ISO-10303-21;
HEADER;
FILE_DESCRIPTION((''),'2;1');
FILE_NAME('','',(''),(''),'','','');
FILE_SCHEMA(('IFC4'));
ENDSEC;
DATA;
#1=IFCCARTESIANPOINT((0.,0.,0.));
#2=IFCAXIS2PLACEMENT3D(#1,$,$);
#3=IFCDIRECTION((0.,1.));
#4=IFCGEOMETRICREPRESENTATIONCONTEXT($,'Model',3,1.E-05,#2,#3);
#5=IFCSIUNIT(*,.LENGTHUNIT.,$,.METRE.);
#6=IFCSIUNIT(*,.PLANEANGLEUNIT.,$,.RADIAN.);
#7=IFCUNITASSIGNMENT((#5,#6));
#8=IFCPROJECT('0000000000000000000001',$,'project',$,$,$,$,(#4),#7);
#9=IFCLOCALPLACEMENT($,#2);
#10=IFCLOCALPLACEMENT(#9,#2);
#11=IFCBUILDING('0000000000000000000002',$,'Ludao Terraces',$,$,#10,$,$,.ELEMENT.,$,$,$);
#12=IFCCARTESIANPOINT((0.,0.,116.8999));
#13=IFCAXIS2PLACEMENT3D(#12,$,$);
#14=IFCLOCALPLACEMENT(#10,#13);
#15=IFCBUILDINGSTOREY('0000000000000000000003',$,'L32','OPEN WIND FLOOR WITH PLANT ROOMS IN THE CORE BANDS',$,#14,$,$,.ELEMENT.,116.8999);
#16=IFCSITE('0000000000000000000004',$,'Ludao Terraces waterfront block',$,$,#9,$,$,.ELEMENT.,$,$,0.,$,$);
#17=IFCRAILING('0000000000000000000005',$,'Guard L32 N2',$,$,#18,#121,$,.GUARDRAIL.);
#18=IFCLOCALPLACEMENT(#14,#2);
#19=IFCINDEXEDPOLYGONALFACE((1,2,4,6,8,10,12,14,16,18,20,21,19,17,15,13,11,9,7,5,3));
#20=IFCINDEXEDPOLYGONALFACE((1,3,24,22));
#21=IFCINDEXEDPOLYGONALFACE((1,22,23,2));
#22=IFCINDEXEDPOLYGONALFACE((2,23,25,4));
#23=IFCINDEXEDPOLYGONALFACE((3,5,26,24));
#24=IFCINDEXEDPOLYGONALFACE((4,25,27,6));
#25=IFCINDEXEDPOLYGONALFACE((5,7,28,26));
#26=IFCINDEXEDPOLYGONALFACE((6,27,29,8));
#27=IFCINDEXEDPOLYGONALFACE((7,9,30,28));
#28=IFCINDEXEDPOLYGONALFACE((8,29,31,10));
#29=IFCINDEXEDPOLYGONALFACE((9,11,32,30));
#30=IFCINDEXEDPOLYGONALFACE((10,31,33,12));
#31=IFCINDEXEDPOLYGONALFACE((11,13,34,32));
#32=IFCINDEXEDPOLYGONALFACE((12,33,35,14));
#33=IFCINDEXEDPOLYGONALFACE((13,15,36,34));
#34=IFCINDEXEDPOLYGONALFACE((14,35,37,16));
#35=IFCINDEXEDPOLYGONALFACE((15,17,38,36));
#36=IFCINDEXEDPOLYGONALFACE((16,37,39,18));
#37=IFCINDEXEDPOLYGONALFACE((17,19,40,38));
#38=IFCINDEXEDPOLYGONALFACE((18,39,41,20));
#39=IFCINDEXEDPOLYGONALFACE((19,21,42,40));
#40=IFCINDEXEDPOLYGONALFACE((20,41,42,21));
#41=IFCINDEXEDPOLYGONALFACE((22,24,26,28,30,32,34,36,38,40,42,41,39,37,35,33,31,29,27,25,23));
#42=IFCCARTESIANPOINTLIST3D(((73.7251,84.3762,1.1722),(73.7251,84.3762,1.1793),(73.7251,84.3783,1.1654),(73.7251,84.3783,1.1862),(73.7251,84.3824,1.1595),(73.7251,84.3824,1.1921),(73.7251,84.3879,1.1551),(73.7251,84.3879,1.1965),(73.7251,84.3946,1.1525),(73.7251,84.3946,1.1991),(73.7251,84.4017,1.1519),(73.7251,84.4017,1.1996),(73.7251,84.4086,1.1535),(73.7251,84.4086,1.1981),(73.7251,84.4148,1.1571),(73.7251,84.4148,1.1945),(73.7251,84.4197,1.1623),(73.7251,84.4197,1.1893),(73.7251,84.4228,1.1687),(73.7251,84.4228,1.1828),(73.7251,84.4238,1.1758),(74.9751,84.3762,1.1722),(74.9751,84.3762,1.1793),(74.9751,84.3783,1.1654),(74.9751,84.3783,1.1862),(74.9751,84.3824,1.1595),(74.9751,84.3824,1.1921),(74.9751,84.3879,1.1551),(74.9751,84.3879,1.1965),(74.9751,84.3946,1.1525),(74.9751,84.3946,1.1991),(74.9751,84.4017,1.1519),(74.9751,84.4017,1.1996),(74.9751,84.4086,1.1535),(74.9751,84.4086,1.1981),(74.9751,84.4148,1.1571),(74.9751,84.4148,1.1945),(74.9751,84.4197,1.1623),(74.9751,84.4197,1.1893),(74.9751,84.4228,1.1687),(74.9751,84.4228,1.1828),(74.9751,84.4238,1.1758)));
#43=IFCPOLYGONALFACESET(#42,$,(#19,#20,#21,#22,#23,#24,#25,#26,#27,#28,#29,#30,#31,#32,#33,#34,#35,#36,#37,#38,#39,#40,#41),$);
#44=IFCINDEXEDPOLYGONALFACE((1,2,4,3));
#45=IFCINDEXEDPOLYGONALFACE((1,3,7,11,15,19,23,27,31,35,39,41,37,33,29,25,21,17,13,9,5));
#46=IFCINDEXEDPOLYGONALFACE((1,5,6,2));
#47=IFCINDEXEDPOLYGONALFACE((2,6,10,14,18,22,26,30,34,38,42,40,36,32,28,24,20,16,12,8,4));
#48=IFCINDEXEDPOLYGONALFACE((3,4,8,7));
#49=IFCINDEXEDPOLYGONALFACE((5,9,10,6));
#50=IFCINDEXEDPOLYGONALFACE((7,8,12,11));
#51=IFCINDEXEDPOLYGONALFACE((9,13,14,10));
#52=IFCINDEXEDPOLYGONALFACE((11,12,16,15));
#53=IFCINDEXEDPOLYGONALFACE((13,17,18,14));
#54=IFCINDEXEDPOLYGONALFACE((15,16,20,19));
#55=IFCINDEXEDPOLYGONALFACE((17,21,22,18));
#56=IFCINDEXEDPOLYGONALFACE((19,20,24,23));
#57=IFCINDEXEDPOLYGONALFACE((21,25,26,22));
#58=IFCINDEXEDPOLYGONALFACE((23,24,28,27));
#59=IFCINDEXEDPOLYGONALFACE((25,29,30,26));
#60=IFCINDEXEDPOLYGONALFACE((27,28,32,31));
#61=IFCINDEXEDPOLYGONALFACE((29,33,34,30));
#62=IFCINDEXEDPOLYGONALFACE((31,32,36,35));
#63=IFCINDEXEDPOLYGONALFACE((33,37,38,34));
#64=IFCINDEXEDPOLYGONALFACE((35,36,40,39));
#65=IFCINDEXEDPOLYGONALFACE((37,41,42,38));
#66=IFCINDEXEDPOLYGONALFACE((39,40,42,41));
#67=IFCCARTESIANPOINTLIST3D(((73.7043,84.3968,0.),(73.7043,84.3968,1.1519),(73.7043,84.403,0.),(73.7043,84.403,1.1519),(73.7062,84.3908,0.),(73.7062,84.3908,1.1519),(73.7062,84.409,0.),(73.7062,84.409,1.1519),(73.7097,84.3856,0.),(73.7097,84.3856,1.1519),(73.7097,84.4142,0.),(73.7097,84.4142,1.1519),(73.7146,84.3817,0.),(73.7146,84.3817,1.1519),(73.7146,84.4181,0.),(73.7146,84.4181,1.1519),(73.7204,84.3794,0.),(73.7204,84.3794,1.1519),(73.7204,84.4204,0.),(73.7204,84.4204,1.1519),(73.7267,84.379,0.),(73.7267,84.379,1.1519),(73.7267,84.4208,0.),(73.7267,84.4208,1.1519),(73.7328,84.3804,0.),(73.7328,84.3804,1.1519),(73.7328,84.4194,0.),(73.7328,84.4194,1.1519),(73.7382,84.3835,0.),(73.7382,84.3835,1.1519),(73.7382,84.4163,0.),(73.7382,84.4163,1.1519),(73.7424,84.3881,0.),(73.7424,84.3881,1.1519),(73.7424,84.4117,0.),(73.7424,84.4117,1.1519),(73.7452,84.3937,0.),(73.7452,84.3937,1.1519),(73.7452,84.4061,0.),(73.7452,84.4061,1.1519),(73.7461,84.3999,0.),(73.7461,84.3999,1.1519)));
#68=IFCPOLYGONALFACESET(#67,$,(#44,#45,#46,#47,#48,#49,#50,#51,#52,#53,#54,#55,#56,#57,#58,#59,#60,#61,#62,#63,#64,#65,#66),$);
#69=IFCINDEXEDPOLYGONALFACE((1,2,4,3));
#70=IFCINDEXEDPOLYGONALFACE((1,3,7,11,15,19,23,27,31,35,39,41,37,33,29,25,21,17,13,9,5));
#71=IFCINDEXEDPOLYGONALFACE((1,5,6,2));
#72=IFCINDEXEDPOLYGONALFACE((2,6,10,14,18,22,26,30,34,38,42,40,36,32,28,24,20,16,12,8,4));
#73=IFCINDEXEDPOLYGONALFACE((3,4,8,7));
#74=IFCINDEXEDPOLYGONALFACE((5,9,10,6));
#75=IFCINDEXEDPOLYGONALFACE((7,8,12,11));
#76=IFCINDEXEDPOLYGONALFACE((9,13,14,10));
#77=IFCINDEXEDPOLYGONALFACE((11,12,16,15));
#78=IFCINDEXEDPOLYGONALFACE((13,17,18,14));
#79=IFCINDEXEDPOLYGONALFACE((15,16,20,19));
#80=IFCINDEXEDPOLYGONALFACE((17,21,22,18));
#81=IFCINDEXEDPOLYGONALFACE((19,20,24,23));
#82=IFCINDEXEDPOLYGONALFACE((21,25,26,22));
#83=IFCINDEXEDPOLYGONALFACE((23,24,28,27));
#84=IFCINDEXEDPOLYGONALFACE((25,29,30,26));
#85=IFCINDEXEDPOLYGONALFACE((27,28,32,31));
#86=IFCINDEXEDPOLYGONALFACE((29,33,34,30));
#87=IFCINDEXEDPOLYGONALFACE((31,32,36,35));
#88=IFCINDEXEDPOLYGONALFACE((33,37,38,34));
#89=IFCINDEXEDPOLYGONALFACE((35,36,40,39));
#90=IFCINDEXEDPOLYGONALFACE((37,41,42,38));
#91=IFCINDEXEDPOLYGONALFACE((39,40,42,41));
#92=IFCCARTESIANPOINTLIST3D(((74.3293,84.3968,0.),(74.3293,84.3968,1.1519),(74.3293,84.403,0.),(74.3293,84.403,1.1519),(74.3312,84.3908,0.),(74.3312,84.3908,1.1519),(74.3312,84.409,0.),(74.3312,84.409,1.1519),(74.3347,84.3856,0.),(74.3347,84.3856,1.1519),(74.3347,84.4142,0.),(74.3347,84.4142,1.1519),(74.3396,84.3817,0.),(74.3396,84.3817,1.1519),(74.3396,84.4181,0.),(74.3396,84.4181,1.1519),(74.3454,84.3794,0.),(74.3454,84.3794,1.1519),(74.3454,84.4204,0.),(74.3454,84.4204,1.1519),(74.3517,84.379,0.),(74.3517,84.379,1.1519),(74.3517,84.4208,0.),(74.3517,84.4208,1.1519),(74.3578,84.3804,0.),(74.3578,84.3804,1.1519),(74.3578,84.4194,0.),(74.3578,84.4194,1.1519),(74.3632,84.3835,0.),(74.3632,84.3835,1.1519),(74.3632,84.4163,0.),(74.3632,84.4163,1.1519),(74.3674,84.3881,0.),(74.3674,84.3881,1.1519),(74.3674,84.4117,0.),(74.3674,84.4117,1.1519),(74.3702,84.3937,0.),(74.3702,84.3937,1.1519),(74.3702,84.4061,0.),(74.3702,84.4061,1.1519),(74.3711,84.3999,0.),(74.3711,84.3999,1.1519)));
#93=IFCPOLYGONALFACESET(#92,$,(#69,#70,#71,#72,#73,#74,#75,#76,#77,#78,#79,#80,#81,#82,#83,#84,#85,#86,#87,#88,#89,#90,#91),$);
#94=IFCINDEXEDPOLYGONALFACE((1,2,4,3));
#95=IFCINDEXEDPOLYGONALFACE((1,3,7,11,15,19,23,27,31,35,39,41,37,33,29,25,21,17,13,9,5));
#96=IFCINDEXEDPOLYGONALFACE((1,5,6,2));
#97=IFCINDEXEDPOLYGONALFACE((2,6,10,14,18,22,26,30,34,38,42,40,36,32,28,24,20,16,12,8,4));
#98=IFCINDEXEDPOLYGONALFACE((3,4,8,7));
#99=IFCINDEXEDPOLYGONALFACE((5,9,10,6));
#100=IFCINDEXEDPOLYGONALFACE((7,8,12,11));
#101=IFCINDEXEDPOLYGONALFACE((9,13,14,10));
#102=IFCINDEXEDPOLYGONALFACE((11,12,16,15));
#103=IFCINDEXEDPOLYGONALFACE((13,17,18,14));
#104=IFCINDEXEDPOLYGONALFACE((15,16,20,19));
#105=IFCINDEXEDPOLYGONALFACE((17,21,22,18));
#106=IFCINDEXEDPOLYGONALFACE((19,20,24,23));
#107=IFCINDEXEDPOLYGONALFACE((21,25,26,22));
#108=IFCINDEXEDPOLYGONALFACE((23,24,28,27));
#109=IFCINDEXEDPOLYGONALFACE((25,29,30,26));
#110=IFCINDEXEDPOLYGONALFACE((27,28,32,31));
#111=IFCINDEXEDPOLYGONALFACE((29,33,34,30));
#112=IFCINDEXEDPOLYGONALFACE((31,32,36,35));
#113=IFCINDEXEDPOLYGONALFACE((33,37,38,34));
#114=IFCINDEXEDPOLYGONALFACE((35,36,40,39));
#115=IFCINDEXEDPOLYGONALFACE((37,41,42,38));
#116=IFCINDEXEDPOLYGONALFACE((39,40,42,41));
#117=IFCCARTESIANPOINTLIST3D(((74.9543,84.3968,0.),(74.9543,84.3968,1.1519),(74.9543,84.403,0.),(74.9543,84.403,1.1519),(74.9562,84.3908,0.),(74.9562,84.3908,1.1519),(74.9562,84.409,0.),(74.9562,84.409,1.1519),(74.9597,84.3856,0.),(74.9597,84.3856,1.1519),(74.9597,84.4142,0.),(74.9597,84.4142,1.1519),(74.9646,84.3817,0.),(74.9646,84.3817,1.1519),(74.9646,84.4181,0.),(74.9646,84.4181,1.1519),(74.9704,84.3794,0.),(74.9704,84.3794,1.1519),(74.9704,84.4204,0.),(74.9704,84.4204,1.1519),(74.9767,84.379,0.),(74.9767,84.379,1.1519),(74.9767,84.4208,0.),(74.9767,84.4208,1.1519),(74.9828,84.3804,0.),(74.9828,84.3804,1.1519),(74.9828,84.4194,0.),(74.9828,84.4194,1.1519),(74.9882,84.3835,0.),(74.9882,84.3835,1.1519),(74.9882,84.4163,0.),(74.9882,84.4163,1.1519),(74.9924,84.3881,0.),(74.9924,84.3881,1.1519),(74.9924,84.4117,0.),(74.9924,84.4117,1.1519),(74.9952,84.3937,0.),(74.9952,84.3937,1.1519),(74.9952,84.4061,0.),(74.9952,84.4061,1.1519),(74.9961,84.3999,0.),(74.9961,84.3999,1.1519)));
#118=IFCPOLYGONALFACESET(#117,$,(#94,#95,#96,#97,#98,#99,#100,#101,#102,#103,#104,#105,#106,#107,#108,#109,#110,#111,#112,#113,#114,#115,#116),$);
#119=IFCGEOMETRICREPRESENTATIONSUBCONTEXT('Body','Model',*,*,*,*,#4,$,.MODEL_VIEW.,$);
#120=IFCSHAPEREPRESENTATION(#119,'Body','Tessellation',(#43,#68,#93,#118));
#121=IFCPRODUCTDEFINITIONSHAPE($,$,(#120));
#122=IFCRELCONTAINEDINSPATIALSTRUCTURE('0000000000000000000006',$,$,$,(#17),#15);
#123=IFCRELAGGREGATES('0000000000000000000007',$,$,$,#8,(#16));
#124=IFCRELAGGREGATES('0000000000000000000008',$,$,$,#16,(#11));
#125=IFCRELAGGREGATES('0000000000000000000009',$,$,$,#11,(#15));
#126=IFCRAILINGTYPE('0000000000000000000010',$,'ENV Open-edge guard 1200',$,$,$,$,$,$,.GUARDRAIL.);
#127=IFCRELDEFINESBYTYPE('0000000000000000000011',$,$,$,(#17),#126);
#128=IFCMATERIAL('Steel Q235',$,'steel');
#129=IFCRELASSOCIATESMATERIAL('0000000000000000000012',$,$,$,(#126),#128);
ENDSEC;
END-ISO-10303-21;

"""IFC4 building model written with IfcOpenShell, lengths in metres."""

from ifc_helpers import new_model, si_unit, direction, frame, origin, origin_2d, place, context, subcontext, project, spatial, circle, extrude, material, type_object, element, save


model = new_model("IFC4")

# Units and contexts
model_context = context("Model", 3, precision=1e-05, world=origin(), true_north=direction((0.0, 1.0)))
body_context = subcontext(model_context, "Body", "Model", "MODEL_VIEW")
ifc_project = project(units=[si_unit("LENGTHUNIT", "METRE"), si_unit("PLANEANGLEUNIT", "RADIAN")], contexts=[model_context])

# Site, building, storey
site_placement = place(None, origin())
site = spatial("IfcSite", under=ifc_project, at=site_placement, Name="Ludao Terraces waterfront block", CompositionType="ELEMENT", RefElevation=0.0)
building_placement = place(site_placement, origin())
building = spatial("IfcBuilding", under=site, at=building_placement, Name="Ludao Terraces", CompositionType="ELEMENT")
storey_placement = place(building_placement, frame((0.0, 0.0, 116.8999)))
storey = spatial("IfcBuildingStorey", under=building, at=storey_placement, Name="L32", Description="OPEN WIND FLOOR WITH PLANT ROOMS IN THE CORE BANDS", CompositionType="ELEMENT", Elevation=116.8999)

# Shared definitions
ifc_material_1 = material(Name="Steel Q235", Category="steel")

# Railing
railing_type_1 = type_object("IfcRailingType", Name="ENV Open-edge guard 1200", PredefinedType="GUARDRAIL", material=ifc_material_1)
railing_1_placement = place(storey_placement, frame((73.7251, 84.3999, 0.0)))
element("IfcRailing", 1, at=railing_1_placement, inside=storey, type_object=railing_type_1, Name="Guard L32 N2", PredefinedType="GUARDRAIL", context=body_context, shape_type="SweptSolid", body=[
    extrude(circle(Radius=0.0239, at=origin_2d()), frame((0.0, 0.0, 1.1758), z_axis=(1.0, 0.0, 0.0), x_axis=(0.0, 1.0, 0.0)), (0.0, 0.0, 1.0), 1.25),
    extrude(circle(Radius=0.021, at=origin_2d()), origin(), (0.0, 0.0, 1.0), 1.1519),
    extrude(circle(Radius=0.021, at=origin_2d()), frame((0.625, 0.0, 0.0)), (0.0, 0.0, 1.0), 1.1519),
    extrude(circle(Radius=0.021, at=origin_2d()), frame((1.25, 0.0, 0.0)), (0.0, 0.0, 1.0), 1.1519),
])

save(model, "model.ifc")
